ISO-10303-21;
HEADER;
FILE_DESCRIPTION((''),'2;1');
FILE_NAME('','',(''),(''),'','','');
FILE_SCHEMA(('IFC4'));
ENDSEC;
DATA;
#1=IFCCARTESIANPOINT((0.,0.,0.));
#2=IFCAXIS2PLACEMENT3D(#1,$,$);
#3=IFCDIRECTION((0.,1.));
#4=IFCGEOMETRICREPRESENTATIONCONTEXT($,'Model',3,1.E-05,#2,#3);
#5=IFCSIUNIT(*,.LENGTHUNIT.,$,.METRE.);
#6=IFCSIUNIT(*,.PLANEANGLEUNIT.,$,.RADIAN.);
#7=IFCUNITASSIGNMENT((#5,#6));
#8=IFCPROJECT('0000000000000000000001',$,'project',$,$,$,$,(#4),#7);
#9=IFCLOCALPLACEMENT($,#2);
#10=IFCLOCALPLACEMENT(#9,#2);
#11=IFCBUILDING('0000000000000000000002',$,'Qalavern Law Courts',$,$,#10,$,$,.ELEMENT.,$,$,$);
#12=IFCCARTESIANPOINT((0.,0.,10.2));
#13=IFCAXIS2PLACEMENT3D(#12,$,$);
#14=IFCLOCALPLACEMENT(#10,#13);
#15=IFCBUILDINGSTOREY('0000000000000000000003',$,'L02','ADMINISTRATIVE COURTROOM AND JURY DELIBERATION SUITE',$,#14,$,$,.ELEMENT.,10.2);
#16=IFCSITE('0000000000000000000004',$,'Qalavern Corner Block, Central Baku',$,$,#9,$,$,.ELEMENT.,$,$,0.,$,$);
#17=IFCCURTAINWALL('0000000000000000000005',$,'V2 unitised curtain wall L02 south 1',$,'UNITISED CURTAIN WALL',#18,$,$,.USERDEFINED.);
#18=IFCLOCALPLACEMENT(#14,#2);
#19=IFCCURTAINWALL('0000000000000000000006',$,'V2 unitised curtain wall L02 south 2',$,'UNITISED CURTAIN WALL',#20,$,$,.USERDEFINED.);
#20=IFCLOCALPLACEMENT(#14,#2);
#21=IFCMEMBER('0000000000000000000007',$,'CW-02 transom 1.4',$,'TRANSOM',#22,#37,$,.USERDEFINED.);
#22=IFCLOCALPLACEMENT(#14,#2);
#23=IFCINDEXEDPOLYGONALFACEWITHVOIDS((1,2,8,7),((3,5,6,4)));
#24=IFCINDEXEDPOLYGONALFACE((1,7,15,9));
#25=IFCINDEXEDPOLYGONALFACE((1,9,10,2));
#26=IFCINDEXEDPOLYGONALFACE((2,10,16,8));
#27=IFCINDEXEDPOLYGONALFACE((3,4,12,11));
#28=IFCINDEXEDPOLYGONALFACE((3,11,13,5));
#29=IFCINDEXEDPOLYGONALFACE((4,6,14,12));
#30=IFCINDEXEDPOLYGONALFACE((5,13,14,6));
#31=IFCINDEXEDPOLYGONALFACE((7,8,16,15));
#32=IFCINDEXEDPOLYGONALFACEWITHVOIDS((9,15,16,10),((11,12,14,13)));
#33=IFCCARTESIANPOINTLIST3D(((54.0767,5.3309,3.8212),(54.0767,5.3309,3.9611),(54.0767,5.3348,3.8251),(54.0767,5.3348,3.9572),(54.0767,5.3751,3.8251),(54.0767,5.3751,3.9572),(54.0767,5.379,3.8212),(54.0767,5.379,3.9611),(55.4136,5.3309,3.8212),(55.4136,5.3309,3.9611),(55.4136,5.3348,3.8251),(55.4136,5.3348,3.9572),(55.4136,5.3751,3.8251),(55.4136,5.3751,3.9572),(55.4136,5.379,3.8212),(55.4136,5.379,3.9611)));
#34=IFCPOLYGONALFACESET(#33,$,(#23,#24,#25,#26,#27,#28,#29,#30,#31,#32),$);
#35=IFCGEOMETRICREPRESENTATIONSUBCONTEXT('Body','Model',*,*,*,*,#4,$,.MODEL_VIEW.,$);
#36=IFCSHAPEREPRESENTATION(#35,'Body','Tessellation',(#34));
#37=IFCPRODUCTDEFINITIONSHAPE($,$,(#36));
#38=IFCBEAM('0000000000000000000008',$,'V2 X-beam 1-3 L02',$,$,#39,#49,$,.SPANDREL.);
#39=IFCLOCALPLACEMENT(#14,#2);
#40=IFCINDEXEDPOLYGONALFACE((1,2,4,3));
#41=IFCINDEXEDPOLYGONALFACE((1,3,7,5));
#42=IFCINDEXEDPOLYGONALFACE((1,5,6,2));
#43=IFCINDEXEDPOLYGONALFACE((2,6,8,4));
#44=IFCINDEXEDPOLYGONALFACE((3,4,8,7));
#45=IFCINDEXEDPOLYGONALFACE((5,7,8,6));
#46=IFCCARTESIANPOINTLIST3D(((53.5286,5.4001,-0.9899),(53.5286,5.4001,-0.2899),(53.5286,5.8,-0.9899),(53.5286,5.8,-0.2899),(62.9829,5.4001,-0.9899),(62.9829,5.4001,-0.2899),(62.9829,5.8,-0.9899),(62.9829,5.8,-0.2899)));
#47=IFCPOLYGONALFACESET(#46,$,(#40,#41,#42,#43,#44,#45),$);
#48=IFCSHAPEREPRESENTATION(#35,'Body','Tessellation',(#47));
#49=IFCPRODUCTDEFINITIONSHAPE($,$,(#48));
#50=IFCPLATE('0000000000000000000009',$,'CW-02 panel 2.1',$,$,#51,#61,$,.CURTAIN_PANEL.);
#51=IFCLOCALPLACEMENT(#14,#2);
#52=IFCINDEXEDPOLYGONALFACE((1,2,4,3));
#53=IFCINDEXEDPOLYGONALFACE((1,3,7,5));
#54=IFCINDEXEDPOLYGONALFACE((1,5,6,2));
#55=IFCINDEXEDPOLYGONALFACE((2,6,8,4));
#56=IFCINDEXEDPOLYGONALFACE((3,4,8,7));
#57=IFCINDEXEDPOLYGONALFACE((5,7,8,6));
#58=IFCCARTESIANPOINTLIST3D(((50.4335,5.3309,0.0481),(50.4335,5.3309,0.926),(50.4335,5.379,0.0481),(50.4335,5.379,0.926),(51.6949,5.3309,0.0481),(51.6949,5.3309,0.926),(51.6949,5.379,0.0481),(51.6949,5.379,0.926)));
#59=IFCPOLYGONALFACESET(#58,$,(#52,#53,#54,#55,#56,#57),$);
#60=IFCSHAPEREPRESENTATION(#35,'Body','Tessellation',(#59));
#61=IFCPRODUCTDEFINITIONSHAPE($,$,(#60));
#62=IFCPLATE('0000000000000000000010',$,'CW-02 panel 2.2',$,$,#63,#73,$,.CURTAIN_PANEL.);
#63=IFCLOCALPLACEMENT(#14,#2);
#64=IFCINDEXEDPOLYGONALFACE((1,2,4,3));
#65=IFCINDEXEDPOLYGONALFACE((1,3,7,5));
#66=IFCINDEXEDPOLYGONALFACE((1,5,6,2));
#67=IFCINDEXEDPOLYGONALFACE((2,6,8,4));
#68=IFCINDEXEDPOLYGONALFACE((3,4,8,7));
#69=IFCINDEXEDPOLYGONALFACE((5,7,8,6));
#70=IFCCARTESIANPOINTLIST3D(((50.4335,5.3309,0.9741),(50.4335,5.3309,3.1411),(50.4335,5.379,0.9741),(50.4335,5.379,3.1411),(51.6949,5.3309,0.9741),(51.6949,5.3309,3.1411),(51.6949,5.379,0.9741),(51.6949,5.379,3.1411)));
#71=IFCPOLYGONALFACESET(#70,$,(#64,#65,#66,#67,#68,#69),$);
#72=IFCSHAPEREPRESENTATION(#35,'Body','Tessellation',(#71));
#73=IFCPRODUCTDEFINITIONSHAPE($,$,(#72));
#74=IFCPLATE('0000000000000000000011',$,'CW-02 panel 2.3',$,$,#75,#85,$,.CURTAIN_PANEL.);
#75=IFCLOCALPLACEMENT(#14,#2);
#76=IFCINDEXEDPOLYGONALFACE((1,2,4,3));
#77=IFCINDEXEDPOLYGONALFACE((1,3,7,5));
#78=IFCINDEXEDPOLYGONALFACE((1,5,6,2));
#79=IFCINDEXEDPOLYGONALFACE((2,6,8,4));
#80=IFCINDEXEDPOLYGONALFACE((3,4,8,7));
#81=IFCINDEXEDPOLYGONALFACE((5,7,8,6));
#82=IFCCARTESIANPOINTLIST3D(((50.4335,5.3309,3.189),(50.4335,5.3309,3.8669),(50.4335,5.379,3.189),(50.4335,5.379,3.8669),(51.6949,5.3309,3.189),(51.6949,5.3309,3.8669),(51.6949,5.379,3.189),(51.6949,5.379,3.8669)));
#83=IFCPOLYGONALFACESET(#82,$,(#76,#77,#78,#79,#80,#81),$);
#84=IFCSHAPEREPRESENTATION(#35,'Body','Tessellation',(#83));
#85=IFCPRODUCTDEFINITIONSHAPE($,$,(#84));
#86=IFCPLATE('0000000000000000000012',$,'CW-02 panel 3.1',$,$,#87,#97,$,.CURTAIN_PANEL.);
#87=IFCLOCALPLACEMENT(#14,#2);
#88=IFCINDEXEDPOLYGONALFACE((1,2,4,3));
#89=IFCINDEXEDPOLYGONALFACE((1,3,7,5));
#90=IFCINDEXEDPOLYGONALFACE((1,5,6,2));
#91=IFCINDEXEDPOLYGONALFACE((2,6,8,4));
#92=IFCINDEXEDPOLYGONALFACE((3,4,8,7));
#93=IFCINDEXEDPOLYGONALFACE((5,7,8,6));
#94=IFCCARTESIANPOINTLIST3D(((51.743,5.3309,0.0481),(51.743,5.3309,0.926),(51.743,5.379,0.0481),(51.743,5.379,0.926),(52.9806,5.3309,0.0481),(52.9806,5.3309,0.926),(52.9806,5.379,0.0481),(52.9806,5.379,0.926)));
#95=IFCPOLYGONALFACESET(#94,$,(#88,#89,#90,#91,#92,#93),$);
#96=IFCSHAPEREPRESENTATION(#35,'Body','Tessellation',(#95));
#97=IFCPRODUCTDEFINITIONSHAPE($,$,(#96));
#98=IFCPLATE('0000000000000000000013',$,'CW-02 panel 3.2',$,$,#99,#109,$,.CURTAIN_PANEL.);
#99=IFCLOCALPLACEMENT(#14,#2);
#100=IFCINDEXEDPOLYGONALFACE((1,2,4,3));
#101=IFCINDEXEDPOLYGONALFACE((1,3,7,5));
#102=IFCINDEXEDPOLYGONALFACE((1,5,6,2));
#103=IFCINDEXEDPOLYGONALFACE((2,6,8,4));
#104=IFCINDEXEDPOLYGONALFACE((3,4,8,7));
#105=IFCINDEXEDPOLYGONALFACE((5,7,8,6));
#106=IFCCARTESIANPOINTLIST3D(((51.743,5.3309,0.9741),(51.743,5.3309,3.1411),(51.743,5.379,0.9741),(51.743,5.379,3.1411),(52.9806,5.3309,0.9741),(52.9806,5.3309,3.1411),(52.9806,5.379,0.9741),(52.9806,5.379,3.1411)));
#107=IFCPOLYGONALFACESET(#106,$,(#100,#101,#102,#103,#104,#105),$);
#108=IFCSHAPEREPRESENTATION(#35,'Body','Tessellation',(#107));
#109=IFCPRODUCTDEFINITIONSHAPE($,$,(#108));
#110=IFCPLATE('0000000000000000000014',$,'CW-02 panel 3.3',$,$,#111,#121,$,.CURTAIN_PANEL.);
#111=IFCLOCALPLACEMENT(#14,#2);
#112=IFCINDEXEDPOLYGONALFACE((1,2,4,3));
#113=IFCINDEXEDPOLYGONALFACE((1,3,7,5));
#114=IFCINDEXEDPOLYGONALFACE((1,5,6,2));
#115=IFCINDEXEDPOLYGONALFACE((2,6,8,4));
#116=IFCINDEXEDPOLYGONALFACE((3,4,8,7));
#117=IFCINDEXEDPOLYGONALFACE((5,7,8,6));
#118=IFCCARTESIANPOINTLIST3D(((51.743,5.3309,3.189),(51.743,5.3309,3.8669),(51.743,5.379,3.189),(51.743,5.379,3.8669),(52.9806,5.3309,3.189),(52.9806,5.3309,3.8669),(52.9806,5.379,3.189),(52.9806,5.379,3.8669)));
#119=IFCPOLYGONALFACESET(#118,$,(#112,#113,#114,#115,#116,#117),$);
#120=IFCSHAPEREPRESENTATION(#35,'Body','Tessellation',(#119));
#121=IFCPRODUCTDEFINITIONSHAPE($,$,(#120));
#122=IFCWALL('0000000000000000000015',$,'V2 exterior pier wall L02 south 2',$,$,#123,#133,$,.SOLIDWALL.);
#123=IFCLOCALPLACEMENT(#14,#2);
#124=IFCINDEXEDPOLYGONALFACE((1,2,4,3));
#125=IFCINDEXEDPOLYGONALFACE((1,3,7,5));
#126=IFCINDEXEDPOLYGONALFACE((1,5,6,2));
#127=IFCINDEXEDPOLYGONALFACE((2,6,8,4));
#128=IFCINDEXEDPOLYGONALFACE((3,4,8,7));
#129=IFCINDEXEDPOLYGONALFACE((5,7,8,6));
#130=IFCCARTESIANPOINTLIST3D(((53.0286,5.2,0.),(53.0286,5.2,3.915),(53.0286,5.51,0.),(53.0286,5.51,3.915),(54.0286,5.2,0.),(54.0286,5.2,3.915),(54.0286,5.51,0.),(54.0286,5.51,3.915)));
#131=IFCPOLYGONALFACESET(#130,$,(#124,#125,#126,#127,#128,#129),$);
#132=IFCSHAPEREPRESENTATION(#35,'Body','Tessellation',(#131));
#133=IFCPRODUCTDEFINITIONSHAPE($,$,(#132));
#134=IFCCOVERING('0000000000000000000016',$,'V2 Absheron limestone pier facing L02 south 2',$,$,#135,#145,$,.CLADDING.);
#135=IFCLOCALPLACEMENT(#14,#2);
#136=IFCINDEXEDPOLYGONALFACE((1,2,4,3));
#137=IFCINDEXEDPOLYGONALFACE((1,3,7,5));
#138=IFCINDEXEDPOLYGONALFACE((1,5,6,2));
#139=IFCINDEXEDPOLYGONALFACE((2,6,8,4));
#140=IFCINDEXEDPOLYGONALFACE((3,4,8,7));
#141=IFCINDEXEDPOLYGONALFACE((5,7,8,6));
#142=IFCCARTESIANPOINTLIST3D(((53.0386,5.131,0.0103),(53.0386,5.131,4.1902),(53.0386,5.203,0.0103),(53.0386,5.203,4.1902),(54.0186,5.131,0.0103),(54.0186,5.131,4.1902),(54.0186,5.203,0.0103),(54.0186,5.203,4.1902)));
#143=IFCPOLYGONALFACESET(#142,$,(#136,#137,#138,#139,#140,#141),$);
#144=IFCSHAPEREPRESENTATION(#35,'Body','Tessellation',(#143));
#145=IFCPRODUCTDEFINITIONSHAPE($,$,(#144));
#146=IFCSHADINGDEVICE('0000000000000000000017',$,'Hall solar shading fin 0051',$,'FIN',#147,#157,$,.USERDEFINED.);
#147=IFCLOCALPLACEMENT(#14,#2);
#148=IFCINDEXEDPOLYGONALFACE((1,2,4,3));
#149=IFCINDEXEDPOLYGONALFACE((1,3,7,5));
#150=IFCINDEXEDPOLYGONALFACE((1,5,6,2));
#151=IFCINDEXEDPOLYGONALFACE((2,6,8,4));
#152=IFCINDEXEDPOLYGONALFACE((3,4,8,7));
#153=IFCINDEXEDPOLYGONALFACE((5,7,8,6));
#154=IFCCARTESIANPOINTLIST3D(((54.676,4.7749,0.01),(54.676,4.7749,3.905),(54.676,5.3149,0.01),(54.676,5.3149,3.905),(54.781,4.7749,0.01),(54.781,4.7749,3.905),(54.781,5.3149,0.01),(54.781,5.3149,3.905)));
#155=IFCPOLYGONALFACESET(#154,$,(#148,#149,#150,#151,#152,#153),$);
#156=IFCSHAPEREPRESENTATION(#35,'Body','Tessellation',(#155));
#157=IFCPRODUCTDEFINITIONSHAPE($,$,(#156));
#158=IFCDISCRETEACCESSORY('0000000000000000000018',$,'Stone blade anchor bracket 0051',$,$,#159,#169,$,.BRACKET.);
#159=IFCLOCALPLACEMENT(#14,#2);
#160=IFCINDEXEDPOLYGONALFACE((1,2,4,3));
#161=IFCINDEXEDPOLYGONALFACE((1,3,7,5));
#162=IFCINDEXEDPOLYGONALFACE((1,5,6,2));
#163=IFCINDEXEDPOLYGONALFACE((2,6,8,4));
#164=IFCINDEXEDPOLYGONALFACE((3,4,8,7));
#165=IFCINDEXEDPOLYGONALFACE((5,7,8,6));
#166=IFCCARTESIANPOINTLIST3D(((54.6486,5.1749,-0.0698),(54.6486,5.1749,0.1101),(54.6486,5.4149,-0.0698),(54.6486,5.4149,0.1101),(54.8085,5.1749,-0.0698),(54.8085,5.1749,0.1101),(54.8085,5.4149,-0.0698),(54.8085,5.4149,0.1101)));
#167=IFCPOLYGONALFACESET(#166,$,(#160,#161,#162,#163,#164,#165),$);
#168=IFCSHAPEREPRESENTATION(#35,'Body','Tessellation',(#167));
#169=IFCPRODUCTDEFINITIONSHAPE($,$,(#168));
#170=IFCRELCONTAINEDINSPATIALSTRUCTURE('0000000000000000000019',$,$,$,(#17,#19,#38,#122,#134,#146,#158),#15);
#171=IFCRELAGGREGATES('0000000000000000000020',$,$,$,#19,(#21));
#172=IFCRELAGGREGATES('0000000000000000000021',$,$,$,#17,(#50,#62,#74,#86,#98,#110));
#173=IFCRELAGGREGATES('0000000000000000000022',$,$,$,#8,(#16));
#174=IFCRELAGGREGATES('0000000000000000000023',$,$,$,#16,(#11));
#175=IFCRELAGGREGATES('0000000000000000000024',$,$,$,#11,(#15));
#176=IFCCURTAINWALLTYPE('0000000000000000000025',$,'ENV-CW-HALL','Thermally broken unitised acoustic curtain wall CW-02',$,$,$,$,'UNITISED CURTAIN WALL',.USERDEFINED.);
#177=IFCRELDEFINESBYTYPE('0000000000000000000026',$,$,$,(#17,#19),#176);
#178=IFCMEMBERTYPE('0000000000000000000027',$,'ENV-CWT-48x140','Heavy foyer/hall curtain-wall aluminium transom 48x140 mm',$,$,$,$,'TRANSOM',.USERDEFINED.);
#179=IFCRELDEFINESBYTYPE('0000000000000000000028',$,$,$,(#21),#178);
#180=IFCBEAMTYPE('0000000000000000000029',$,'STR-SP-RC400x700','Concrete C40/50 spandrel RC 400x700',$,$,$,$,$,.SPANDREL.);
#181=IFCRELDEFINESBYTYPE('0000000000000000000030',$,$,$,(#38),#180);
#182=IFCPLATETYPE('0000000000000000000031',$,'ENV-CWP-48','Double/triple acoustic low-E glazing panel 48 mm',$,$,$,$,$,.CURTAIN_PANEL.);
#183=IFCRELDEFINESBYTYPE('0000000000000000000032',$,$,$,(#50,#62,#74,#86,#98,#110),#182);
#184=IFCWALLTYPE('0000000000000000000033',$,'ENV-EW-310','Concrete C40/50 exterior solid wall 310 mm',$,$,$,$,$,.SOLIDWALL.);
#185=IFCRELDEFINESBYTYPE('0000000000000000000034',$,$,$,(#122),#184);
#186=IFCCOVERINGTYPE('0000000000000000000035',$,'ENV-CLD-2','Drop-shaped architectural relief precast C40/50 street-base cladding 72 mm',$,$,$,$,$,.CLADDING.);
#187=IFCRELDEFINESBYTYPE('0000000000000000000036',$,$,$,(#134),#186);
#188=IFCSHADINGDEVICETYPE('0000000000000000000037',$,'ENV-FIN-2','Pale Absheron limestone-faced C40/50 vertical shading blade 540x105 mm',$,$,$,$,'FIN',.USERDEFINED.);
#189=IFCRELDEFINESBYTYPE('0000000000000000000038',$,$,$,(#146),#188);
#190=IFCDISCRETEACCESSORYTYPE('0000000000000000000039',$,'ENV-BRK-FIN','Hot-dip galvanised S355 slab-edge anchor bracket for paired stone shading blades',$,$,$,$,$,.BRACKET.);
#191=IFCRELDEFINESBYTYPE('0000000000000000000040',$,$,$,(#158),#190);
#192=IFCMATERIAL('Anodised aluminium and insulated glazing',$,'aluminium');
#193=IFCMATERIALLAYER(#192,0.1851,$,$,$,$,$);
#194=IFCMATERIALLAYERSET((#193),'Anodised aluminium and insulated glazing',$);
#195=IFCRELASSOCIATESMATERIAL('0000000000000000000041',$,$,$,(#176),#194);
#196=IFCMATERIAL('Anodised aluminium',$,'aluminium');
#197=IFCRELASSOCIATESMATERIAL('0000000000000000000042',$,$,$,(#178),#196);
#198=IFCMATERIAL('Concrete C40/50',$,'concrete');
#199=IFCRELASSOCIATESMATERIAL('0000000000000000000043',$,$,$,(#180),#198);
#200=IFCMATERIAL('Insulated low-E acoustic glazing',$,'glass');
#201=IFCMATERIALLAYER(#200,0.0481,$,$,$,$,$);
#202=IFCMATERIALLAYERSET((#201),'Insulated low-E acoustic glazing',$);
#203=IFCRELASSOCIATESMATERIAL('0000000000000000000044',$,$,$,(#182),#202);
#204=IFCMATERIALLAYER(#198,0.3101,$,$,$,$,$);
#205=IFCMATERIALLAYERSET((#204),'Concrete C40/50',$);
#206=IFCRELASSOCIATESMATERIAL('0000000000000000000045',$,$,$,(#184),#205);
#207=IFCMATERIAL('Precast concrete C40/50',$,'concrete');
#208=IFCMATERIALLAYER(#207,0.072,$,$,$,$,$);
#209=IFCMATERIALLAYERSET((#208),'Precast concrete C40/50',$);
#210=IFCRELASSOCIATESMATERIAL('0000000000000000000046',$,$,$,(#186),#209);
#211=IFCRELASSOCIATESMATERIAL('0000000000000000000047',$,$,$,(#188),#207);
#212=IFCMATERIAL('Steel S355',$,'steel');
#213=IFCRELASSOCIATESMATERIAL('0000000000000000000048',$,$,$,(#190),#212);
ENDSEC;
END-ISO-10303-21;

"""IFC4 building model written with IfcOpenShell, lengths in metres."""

from ifc_helpers import new_model, si_unit, direction, frame, frame_2d, origin, origin_2d, place, context, subcontext, project, spatial, rectangle, hollow_rectangle, extrude, material, layer, layer_set, material_profile, profile_set, type_object, element, aggregate, save


model = new_model("IFC4")

# Units and contexts
model_context = context("Model", 3, precision=1e-05, world=origin(), true_north=direction((0.0, 1.0)))
body_context = subcontext(model_context, "Body", "Model", "MODEL_VIEW")
ifc_project = project(units=[si_unit("LENGTHUNIT", "METRE"), si_unit("PLANEANGLEUNIT", "RADIAN")], contexts=[model_context])

# Site, building, storey
site_placement = place(None, origin())
site = spatial("IfcSite", under=ifc_project, at=site_placement, Name="Qalavern Corner Block, Central Baku", CompositionType="ELEMENT", RefElevation=0.0)
building_placement = place(site_placement, origin())
building = spatial("IfcBuilding", under=site, at=building_placement, Name="Qalavern Law Courts", CompositionType="ELEMENT")
storey_placement = place(building_placement, frame((0.0, 0.0, 10.2)))
storey = spatial("IfcBuildingStorey", under=building, at=storey_placement, Name="L02", Description="ADMINISTRATIVE COURTROOM AND JURY DELIBERATION SUITE", CompositionType="ELEMENT", Elevation=10.2)

# Curtain wall
ifc_material_1 = material(Name="Anodised aluminium and insulated glazing", Category="aluminium")
ifc_layer_1 = layer(ifc_material_1, 0.1851)
ifc_layer_set_1 = layer_set([ifc_layer_1], Name="Anodised aluminium and insulated glazing")
curtain_wall_type = type_object("IfcCurtainWallType", Name="ENV-CW-HALL", Description="Thermally broken unitised acoustic curtain wall CW-02", ElementType="UNITISED CURTAIN WALL", PredefinedType="USERDEFINED", material=ifc_layer_set_1)
curtain_wall_1_placement = place(storey_placement, origin())
curtain_wall_1 = element("IfcCurtainWall", 1, at=curtain_wall_1_placement, inside=storey, type_object=curtain_wall_type, Name="V2 unitised curtain wall L02 south 1", ObjectType="UNITISED CURTAIN WALL", PredefinedType="USERDEFINED")
ifc_material_2 = material(Name="Anodised aluminium", Category="aluminium")

# Curtain wall
curtain_wall_2_placement = place(storey_placement, origin())
curtain_wall_2 = element("IfcCurtainWall", 2, at=curtain_wall_2_placement, inside=storey, type_object=curtain_wall_type, Name="V2 unitised curtain wall L02 south 2", ObjectType="UNITISED CURTAIN WALL", PredefinedType="USERDEFINED")

# Member
ifc_material_profile_1 = material_profile(ifc_material_2, hollow_rectangle(XDim=0.0481, YDim=0.1399, WallThickness=0.0039, at=origin_2d()), Name="ALU TRANSOM 48x140")
ifc_profile_set_1 = profile_set([ifc_material_profile_1], Name="Anodised aluminium")
member_type_1 = type_object("IfcMemberType", Name="ENV-CWT-48x140", Description="Heavy foyer/hall curtain-wall aluminium transom 48x140 mm", ElementType="TRANSOM", PredefinedType="USERDEFINED", material=ifc_profile_set_1)
member_1_placement = place(storey_placement, frame((54.0767, 5.355, 3.8911), z_axis=(1.0, 0.0, 0.0), x_axis=(0.0, 1.0, 0.0)))
member_1 = element("IfcMember", 3, at=member_1_placement, type_object=member_type_1, Name="CW-02 transom 1.4", ObjectType="TRANSOM", PredefinedType="USERDEFINED", context=body_context, shape_type="SweptSolid", body=[
    extrude(hollow_rectangle(XDim=0.0481, YDim=0.1399, WallThickness=0.0039, at=origin_2d()), origin(), (0.0, 0.0, 1.0), 1.3369),
])
aggregate(curtain_wall_2, [member_1])

# Beam
ifc_material_3 = material(Name="Concrete C40/50", Category="concrete")
ifc_material_profile_2 = material_profile(ifc_material_3, rectangle(XDim=0.3999, YDim=0.7, at=origin_2d()), Name="RC 400x700")
ifc_profile_set_2 = profile_set([ifc_material_profile_2], Name="Concrete C40/50")
beam_type = type_object("IfcBeamType", Name="STR-SP-RC400x700", Description="Concrete C40/50 spandrel RC 400x700", PredefinedType="SPANDREL", material=ifc_profile_set_2)
beam_placement = place(storey_placement, frame((53.5286, 5.6001, -0.6399), z_axis=(1.0, 0.0, 0.0), x_axis=(0.0, 1.0, 0.0)))
element("IfcBeam", 4, at=beam_placement, inside=storey, type_object=beam_type, Name="V2 X-beam 1-3 L02", PredefinedType="SPANDREL", context=body_context, shape_type="SweptSolid", body=[
    extrude(rectangle(XDim=0.3999, YDim=0.7, at=origin_2d()), origin(), (0.0, 0.0, 1.0), 9.4543),
])

# Plates
ifc_material_4 = material(Name="Insulated low-E acoustic glazing", Category="glass")
ifc_layer_2 = layer(ifc_material_4, 0.0481)
ifc_layer_set_2 = layer_set([ifc_layer_2], Name="Insulated low-E acoustic glazing")
plate_type = type_object("IfcPlateType", Name="ENV-CWP-48", Description="Double/triple acoustic low-E glazing panel 48 mm", PredefinedType="CURTAIN_PANEL", material=ifc_layer_set_2)
plate_1_placement = place(storey_placement, frame((51.0642, 5.355, 0.0481), z_axis=(0.0, 0.0, 1.0), x_axis=(1.0, 0.0, 0.0)))
plate_1 = element("IfcPlate", 5, at=plate_1_placement, type_object=plate_type, Name="CW-02 panel 2.1", PredefinedType="CURTAIN_PANEL", context=body_context, shape_type="SweptSolid", body=[
    extrude(rectangle(XDim=1.2615, YDim=0.0481, at=origin_2d()), origin(), (0.0, 0.0, 1.0), 0.8779),
])
plate_2_placement = place(storey_placement, frame((51.0642, 5.355, 0.9741), z_axis=(0.0, 0.0, 1.0), x_axis=(1.0, 0.0, 0.0)))
plate_2 = element("IfcPlate", 6, at=plate_2_placement, type_object=plate_type, Name="CW-02 panel 2.2", PredefinedType="CURTAIN_PANEL", context=body_context, shape_type="SweptSolid", body=[
    extrude(rectangle(XDim=1.2615, YDim=0.0481, at=origin_2d()), origin(), (0.0, 0.0, 1.0), 2.167),
])
plate_3_placement = place(storey_placement, frame((51.0642, 5.355, 3.189), z_axis=(0.0, 0.0, 1.0), x_axis=(1.0, 0.0, 0.0)))
plate_3 = element("IfcPlate", 7, at=plate_3_placement, type_object=plate_type, Name="CW-02 panel 2.3", PredefinedType="CURTAIN_PANEL", context=body_context, shape_type="SweptSolid", body=[
    extrude(rectangle(XDim=1.2615, YDim=0.0481, at=origin_2d()), origin(), (0.0, 0.0, 1.0), 0.678),
])
plate_4_placement = place(storey_placement, frame((52.3618, 5.355, 0.0481), z_axis=(0.0, 0.0, 1.0), x_axis=(1.0, 0.0, 0.0)))
plate_4 = element("IfcPlate", 8, at=plate_4_placement, type_object=plate_type, Name="CW-02 panel 3.1", PredefinedType="CURTAIN_PANEL", context=body_context, shape_type="SweptSolid", body=[
    extrude(rectangle(XDim=1.2375, YDim=0.0481, at=origin_2d()), origin(), (0.0, 0.0, 1.0), 0.8779),
])
plate_5_placement = place(storey_placement, frame((52.3618, 5.355, 0.9741), z_axis=(0.0, 0.0, 1.0), x_axis=(1.0, 0.0, 0.0)))
plate_5 = element("IfcPlate", 9, at=plate_5_placement, type_object=plate_type, Name="CW-02 panel 3.2", PredefinedType="CURTAIN_PANEL", context=body_context, shape_type="SweptSolid", body=[
    extrude(rectangle(XDim=1.2375, YDim=0.0481, at=origin_2d()), origin(), (0.0, 0.0, 1.0), 2.167),
])
plate_6_placement = place(storey_placement, frame((52.3618, 5.355, 3.189), z_axis=(0.0, 0.0, 1.0), x_axis=(1.0, 0.0, 0.0)))
plate_6 = element("IfcPlate", 10, at=plate_6_placement, type_object=plate_type, Name="CW-02 panel 3.3", PredefinedType="CURTAIN_PANEL", context=body_context, shape_type="SweptSolid", body=[
    extrude(rectangle(XDim=1.2375, YDim=0.0481, at=origin_2d()), origin(), (0.0, 0.0, 1.0), 0.678),
])
aggregate(curtain_wall_1, [plate_1, plate_2, plate_3, plate_4, plate_5, plate_6])

# Wall
ifc_layer_3 = layer(ifc_material_3, 0.3101)
ifc_layer_set_3 = layer_set([ifc_layer_3], Name="Concrete C40/50")
wall_type = type_object("IfcWallType", Name="ENV-EW-310", Description="Concrete C40/50 exterior solid wall 310 mm", PredefinedType="SOLIDWALL", material=ifc_layer_set_3)
wall_placement = place(storey_placement, frame((53.0286, 5.355, 0.0), z_axis=(0.0, 0.0, 1.0), x_axis=(1.0, 0.0, 0.0)))
element("IfcWall", 11, at=wall_placement, inside=storey, type_object=wall_type, Name="V2 exterior pier wall L02 south 2", PredefinedType="SOLIDWALL", context=body_context, shape_type="SweptSolid", body=[
    extrude(rectangle(XDim=1.0, YDim=0.3101, at=frame_2d((0.5, 0.0))), origin(), (0.0, 0.0, 1.0), 3.915),
])

# Covering
ifc_material_5 = material(Name="Precast concrete C40/50", Category="concrete")
ifc_layer_4 = layer(ifc_material_5, 0.072)
ifc_layer_set_4 = layer_set([ifc_layer_4], Name="Precast concrete C40/50")
covering_type = type_object("IfcCoveringType", Name="ENV-CLD-2", Description="Drop-shaped architectural relief precast C40/50 street-base cladding 72 mm", PredefinedType="CLADDING", material=ifc_layer_set_4)
covering_placement = place(storey_placement, frame((53.5286, 5.167, 0.0103), z_axis=(0.0, 0.0, 1.0), x_axis=(1.0, 0.0, 0.0)))
element("IfcCovering", 12, at=covering_placement, inside=storey, type_object=covering_type, Name="V2 Absheron limestone pier facing L02 south 2", PredefinedType="CLADDING", context=body_context, shape_type="SweptSolid", body=[
    extrude(rectangle(XDim=0.98, YDim=0.072, at=origin_2d()), origin(), (0.0, 0.0, 1.0), 4.1799),
])

# Shading device
shading_device_type = type_object("IfcShadingDeviceType", Name="ENV-FIN-2", Description="Pale Absheron limestone-faced C40/50 vertical shading blade 540x105 mm", ElementType="FIN", PredefinedType="USERDEFINED", material=ifc_material_5)
shading_device_placement = place(storey_placement, frame((54.7285, 5.0449, 0.01), z_axis=(0.0, 0.0, 1.0), x_axis=(0.0, -1.0, 0.0)))
element("IfcShadingDevice", 13, at=shading_device_placement, inside=storey, type_object=shading_device_type, Name="Hall solar shading fin 0051", ObjectType="FIN", PredefinedType="USERDEFINED", context=body_context, shape_type="SweptSolid", body=[
    extrude(rectangle(XDim=0.54, YDim=0.105, at=origin_2d()), origin(), (0.0, 0.0, 1.0), 3.895),
])

# Discrete accessory
ifc_material_6 = material(Name="Steel S355", Category="steel")
discrete_accessory_type = type_object("IfcDiscreteAccessoryType", Name="ENV-BRK-FIN", Description="Hot-dip galvanised S355 slab-edge anchor bracket for paired stone shading blades", PredefinedType="BRACKET", material=ifc_material_6)
discrete_accessory_placement = place(storey_placement, frame((54.7285, 5.2949, -0.0698), z_axis=(0.0, 0.0, 1.0), x_axis=(0.0, -1.0, 0.0)))
element("IfcDiscreteAccessory", 14, at=discrete_accessory_placement, inside=storey, type_object=discrete_accessory_type, Name="Stone blade anchor bracket 0051", PredefinedType="BRACKET", context=body_context, shape_type="SweptSolid", body=[
    extrude(rectangle(XDim=0.24, YDim=0.1599, at=origin_2d()), origin(), (0.0, 0.0, 1.0), 0.1799),
])

save(model, "model.ifc")
